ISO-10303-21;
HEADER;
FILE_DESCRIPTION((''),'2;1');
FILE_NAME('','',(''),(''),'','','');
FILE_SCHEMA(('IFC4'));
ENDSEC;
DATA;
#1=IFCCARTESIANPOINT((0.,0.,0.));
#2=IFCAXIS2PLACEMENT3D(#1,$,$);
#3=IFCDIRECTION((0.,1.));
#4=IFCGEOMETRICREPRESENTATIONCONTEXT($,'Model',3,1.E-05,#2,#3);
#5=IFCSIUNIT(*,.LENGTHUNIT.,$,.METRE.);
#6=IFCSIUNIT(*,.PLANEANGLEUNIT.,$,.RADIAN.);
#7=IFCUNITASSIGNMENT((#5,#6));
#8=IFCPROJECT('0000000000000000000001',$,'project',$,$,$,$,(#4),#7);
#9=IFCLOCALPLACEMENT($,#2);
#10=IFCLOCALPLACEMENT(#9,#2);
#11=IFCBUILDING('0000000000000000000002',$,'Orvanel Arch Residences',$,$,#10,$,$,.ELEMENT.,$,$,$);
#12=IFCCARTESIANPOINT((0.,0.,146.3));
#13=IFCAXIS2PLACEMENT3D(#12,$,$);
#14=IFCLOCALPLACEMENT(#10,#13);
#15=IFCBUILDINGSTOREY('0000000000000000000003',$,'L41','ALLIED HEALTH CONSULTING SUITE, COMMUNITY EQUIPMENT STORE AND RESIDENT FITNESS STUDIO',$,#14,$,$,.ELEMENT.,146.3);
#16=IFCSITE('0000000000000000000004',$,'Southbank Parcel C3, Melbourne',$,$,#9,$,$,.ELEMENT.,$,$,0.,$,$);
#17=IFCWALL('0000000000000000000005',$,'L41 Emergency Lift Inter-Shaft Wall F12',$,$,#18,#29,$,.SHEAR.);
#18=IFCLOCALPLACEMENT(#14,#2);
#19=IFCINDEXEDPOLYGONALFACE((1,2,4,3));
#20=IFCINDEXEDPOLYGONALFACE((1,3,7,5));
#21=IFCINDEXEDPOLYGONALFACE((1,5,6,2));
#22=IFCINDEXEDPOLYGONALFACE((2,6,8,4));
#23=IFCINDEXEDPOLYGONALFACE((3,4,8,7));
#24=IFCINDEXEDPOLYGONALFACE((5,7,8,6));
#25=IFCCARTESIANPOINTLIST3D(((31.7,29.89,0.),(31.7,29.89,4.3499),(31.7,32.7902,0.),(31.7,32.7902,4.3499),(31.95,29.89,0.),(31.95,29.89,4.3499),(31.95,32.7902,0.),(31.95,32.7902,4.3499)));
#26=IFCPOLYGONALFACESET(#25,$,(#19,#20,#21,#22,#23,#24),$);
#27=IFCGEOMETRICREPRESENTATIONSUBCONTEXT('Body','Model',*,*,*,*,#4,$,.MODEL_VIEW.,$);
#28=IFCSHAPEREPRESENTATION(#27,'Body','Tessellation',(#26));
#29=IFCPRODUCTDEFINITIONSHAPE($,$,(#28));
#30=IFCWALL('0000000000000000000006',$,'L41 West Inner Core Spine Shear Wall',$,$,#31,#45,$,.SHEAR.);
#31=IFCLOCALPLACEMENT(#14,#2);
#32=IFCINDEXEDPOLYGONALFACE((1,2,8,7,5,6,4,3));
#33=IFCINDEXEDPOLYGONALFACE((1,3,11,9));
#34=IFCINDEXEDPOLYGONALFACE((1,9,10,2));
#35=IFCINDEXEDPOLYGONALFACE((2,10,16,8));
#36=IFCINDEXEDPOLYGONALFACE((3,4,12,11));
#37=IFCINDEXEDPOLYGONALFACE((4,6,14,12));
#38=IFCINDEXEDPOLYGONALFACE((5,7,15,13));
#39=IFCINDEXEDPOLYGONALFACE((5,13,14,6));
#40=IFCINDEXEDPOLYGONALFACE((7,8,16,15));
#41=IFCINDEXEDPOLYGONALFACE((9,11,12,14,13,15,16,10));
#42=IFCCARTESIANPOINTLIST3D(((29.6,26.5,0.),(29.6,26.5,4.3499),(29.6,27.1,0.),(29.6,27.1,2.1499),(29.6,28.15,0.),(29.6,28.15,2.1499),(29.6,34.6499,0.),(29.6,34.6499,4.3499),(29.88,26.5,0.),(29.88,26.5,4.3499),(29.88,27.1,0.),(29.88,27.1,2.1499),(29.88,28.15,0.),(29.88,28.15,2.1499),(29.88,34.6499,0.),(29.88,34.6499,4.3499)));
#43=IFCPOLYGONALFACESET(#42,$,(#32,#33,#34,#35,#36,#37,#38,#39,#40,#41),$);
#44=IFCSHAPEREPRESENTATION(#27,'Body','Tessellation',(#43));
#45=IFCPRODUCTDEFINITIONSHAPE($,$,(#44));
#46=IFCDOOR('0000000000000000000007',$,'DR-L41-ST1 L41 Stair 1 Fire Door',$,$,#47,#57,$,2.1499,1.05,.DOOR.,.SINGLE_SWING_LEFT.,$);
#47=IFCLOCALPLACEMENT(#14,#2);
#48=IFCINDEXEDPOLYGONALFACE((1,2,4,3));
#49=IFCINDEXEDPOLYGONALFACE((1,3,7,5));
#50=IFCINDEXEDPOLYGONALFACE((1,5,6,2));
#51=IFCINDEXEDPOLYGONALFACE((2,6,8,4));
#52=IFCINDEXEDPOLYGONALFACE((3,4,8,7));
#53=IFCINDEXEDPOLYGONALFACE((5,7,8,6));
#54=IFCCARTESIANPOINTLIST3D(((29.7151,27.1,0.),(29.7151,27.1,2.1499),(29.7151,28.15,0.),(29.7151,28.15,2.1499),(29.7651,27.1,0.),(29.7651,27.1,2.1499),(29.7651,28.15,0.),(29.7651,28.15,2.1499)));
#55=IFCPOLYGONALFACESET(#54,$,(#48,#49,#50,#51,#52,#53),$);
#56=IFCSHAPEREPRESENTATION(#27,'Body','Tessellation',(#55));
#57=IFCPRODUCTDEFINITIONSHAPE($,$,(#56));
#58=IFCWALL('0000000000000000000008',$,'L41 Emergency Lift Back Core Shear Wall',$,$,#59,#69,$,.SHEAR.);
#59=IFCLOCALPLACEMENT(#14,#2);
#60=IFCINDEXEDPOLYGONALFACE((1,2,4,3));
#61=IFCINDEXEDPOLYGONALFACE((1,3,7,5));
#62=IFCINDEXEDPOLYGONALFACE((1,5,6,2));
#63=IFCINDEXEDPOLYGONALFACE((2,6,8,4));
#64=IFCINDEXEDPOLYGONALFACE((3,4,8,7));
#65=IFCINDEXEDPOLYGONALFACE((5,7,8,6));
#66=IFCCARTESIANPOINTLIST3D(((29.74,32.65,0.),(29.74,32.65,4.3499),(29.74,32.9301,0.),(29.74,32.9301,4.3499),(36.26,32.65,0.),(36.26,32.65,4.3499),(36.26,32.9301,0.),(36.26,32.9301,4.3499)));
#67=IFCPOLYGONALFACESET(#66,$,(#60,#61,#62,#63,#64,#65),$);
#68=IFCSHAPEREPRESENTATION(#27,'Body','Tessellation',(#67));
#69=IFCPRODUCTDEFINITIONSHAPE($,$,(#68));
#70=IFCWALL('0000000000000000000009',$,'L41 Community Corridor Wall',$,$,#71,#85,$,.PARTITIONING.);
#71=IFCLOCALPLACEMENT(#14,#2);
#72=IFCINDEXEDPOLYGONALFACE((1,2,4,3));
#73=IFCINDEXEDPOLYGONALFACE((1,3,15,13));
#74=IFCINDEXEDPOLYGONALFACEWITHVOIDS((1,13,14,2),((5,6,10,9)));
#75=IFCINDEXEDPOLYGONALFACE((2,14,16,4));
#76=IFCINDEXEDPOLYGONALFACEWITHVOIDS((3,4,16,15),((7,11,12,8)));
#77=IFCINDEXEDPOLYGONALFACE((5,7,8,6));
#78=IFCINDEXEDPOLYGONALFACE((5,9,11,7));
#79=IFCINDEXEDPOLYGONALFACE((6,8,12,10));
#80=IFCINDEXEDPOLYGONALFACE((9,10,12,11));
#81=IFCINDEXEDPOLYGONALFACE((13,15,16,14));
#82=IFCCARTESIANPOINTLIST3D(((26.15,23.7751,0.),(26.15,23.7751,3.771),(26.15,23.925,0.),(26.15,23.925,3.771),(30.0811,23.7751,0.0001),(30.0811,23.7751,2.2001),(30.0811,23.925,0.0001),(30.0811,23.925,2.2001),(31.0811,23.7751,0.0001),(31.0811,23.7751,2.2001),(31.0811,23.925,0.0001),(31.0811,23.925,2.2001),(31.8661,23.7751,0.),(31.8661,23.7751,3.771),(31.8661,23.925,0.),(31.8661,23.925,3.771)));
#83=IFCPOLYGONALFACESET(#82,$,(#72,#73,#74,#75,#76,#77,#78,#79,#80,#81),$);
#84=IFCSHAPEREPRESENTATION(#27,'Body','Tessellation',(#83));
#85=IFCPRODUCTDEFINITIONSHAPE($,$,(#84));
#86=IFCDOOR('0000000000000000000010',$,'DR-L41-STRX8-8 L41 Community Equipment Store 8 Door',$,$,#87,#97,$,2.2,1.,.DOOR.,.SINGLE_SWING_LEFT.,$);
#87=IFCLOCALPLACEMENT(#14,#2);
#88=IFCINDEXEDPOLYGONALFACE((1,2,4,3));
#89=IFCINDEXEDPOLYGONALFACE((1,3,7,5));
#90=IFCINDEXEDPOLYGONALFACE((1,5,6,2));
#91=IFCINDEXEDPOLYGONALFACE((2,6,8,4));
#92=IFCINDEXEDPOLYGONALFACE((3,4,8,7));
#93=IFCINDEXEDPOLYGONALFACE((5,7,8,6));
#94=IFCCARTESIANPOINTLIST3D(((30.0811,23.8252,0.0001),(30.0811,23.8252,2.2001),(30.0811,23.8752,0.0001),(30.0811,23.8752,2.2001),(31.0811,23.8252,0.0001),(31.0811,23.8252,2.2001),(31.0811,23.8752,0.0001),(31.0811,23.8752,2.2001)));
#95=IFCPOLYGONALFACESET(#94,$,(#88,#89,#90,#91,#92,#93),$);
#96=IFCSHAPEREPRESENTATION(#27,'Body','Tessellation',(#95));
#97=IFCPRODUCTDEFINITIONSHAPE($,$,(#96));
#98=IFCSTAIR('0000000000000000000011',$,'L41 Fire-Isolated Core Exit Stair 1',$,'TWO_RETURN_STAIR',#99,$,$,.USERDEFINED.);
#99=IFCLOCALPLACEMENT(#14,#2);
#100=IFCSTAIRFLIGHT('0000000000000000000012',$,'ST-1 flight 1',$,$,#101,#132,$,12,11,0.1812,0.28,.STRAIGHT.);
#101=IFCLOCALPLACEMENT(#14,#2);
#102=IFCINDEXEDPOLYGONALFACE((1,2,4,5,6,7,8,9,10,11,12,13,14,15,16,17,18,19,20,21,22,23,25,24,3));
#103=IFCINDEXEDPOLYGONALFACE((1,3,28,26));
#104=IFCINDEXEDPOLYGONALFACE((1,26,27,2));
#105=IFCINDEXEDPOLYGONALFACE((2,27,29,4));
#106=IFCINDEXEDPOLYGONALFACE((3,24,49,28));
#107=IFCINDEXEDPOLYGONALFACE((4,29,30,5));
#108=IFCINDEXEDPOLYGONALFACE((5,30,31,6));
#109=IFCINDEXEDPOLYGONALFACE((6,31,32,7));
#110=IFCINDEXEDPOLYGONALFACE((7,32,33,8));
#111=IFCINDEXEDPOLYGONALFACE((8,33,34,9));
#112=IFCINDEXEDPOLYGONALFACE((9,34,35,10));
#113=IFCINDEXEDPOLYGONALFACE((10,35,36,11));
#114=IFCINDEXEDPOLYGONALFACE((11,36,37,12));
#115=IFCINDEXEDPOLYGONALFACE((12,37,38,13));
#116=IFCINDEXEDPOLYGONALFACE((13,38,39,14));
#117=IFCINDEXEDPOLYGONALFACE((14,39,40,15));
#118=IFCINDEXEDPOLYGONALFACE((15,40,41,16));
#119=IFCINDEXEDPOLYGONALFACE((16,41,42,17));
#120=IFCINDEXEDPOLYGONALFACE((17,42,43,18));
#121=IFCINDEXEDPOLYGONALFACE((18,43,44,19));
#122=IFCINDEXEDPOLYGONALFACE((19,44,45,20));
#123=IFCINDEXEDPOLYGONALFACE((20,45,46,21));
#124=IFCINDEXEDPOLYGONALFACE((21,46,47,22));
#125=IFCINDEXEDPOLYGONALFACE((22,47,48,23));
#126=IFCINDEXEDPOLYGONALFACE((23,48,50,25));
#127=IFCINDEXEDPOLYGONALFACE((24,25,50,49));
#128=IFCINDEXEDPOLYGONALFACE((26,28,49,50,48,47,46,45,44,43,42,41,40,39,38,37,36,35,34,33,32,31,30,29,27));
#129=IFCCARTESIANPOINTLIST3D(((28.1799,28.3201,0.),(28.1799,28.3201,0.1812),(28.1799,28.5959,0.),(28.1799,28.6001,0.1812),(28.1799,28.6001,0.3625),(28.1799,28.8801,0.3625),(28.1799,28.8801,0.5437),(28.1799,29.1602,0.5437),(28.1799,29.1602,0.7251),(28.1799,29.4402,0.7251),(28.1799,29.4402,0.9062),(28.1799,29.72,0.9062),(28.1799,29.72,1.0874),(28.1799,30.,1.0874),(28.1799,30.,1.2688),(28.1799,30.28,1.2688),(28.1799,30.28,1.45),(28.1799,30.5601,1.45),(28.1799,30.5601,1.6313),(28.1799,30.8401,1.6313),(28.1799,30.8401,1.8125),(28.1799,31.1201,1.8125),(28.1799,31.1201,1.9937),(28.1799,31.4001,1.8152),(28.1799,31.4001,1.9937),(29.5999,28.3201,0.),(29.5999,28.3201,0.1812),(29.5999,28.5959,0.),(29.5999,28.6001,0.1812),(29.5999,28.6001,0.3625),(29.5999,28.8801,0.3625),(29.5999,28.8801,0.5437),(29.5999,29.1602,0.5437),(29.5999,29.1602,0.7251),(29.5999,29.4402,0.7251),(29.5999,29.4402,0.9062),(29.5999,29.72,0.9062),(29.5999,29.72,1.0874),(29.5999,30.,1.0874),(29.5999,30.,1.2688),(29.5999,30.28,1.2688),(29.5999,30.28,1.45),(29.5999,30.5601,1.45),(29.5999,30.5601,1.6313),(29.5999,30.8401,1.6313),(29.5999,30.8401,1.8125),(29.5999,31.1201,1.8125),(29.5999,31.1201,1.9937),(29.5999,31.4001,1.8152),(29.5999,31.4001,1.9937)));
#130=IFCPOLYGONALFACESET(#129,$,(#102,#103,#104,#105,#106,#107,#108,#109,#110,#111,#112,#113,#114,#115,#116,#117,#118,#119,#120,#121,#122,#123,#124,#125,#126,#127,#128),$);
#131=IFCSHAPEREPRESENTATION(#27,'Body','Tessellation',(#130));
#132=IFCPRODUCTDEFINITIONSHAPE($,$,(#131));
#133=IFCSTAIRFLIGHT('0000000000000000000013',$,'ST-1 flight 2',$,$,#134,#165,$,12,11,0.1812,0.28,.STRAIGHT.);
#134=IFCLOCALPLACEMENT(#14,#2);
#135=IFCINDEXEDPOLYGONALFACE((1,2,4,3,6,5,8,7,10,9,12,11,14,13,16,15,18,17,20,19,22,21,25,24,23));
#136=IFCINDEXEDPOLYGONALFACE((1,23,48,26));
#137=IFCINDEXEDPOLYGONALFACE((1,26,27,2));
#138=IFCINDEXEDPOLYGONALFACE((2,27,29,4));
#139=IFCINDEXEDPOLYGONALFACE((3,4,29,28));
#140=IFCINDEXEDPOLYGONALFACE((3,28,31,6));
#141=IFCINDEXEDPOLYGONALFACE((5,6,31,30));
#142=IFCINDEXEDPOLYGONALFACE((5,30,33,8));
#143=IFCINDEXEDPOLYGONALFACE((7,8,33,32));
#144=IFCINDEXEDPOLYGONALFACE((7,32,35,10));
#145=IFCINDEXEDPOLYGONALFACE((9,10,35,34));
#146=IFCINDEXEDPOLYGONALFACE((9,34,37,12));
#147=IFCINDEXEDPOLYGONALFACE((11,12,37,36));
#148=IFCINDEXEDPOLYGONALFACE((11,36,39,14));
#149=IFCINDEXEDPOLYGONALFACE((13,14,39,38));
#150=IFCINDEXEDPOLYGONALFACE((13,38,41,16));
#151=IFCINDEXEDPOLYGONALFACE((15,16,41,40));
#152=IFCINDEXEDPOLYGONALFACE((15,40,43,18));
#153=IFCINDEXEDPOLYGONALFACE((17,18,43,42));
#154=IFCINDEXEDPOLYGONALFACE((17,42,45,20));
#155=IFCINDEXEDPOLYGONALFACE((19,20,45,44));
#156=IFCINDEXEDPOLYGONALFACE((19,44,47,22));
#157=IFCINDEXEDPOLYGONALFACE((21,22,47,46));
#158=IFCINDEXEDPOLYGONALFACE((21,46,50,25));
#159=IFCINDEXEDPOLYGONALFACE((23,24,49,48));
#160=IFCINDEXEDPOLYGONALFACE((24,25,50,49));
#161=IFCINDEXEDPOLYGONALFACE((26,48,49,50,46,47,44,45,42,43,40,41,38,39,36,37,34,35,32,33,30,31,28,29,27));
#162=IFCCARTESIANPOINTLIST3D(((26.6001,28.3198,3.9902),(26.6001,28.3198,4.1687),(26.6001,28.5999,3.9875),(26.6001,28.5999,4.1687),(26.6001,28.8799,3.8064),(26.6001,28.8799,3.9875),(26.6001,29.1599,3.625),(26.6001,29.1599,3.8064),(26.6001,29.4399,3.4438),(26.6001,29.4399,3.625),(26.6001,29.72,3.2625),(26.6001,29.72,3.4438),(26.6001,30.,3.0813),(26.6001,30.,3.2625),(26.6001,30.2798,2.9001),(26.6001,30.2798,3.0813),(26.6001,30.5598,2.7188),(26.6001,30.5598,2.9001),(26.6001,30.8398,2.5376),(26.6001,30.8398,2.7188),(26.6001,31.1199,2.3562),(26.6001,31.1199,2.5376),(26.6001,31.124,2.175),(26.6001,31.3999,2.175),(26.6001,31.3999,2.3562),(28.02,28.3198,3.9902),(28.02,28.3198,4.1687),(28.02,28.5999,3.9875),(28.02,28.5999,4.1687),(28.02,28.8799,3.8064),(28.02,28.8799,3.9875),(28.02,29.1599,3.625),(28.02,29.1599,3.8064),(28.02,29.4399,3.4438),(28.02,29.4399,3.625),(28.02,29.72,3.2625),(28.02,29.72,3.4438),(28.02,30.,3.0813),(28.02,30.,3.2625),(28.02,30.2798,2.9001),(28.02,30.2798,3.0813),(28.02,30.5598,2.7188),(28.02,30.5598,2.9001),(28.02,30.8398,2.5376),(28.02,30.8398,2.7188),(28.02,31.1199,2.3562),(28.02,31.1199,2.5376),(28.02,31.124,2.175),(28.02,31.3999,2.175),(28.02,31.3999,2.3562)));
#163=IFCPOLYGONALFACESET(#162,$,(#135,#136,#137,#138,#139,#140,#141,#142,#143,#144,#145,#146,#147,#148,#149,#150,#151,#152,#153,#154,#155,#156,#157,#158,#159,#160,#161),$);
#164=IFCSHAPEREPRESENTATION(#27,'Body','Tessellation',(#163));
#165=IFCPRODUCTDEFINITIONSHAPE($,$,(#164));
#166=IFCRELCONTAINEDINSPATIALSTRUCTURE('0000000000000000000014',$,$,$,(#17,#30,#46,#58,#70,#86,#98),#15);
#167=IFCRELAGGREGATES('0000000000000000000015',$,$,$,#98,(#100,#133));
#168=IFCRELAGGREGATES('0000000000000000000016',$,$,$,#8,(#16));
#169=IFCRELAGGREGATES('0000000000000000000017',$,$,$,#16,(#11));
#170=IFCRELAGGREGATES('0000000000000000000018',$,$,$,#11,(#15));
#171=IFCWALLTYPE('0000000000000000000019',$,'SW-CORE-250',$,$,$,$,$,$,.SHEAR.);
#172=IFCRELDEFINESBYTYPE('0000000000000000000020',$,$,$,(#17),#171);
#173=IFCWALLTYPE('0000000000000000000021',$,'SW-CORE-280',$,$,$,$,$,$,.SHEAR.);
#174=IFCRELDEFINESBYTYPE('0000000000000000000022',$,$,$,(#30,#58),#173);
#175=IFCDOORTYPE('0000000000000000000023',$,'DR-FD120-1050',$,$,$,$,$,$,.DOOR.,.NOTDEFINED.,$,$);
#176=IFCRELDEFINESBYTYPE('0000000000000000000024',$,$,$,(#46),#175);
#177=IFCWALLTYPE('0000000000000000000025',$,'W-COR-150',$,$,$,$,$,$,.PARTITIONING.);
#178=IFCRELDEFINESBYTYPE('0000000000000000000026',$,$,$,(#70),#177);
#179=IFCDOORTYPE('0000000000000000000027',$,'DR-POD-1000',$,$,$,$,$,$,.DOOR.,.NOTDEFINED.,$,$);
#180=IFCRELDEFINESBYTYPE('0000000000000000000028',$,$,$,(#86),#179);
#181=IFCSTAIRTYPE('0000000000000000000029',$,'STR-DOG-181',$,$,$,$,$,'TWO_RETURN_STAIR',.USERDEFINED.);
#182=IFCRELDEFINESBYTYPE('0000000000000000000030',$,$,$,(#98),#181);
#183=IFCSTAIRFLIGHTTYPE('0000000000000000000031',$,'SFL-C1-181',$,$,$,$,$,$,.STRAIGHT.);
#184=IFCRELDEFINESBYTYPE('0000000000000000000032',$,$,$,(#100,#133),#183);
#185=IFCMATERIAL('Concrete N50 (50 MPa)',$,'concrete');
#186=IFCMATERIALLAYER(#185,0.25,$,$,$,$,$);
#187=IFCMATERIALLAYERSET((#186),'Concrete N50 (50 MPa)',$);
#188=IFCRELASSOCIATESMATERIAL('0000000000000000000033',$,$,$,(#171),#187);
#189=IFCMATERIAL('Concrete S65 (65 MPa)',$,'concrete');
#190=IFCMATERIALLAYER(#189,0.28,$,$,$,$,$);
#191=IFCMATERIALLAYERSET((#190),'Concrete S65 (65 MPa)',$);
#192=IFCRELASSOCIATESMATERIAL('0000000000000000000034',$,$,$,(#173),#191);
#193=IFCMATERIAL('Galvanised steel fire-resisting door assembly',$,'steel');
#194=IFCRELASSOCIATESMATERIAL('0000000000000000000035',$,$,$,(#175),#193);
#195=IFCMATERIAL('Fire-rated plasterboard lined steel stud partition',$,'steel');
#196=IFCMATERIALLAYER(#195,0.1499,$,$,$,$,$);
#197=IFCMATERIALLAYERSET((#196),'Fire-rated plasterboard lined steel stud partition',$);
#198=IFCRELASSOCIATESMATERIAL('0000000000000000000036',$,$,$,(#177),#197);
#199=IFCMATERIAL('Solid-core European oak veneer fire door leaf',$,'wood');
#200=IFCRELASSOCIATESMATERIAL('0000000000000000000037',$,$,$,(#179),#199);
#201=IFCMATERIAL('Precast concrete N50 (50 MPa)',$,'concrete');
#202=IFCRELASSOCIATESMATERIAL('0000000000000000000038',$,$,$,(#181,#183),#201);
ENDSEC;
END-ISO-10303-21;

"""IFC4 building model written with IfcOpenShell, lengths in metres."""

from ifc_helpers import new_model, si_unit, direction, frame, frame_2d, origin, place, context, subcontext, project, spatial, polyline, rectangle, outline, extrude, material, layer, layer_set, type_object, element, fill, aggregate, save


model = new_model("IFC4")

# Units and contexts
model_context = context("Model", 3, precision=1e-05, world=origin(), true_north=direction((0.0, 1.0)))
body_context = subcontext(model_context, "Body", "Model", "MODEL_VIEW")
ifc_project = project(units=[si_unit("LENGTHUNIT", "METRE"), si_unit("PLANEANGLEUNIT", "RADIAN")], contexts=[model_context])

# Site, building, storey
site_placement = place(None, origin())
site = spatial("IfcSite", under=ifc_project, at=site_placement, Name="Southbank Parcel C3, Melbourne", CompositionType="ELEMENT", RefElevation=0.0)
building_placement = place(site_placement, origin())
building = spatial("IfcBuilding", under=site, at=building_placement, Name="Orvanel Arch Residences", CompositionType="ELEMENT")
storey_placement = place(building_placement, frame((0.0, 0.0, 146.3)))
storey = spatial("IfcBuildingStorey", under=building, at=storey_placement, Name="L41", Description="ALLIED HEALTH CONSULTING SUITE, COMMUNITY EQUIPMENT STORE AND RESIDENT FITNESS STUDIO", CompositionType="ELEMENT", Elevation=146.3)

# Wall
ifc_material_1 = material(Name="Concrete N50 (50 MPa)", Category="concrete")
ifc_layer_1 = layer(ifc_material_1, 0.25)
ifc_layer_set_1 = layer_set([ifc_layer_1], Name="Concrete N50 (50 MPa)")
wall_type_1 = type_object("IfcWallType", Name="SW-CORE-250", PredefinedType="SHEAR", material=ifc_layer_set_1)
wall_1_placement = place(storey_placement, frame((31.825, 29.8899, 0.0), z_axis=(0.0, 0.0, 1.0), x_axis=(0.0, 1.0, 0.0)))
element("IfcWall", 1, at=wall_1_placement, inside=storey, type_object=wall_type_1, Name="L41 Emergency Lift Inter-Shaft Wall F12", PredefinedType="SHEAR", context=body_context, shape_type="SweptSolid", body=[
    extrude(rectangle(XDim=2.9001, YDim=0.25, at=frame_2d((1.4502, 0.0))), origin(), (0.0, 0.0, 1.0), 4.3499),
])

# Wall, opening, door
ifc_material_2 = material(Name="Concrete S65 (65 MPa)", Category="concrete")
ifc_layer_2 = layer(ifc_material_2, 0.28)
ifc_layer_set_2 = layer_set([ifc_layer_2], Name="Concrete S65 (65 MPa)")
wall_type_2 = type_object("IfcWallType", Name="SW-CORE-280", PredefinedType="SHEAR", material=ifc_layer_set_2)
wall_2_placement = place(storey_placement, frame((29.74, 26.5, 0.0), z_axis=(0.0, 0.0, 1.0), x_axis=(0.0, 1.0, 0.0)))
wall_2 = element("IfcWall", 2, at=wall_2_placement, inside=storey, type_object=wall_type_2, Name="L41 West Inner Core Spine Shear Wall", PredefinedType="SHEAR", context=body_context, shape_type="SweptSolid", body=[
    extrude(rectangle(XDim=8.1499, YDim=0.28, at=frame_2d((4.075, 0.0))), origin(), (0.0, 0.0, 1.0), 4.3499),
])
opening_1_placement = place(wall_2_placement, frame((0.6001, 0.0, 0.0)))
opening_1 = element("IfcOpeningElement", 3, at=opening_1_placement, cuts=wall_2, PredefinedType="OPENING", context=body_context, shape_type="SweptSolid", body=[
    extrude(rectangle(XDim=1.05, YDim=2.1499, at=frame_2d((0.5249, 1.075))), frame((0.0, 0.1499, 0.0), z_axis=(0.0, -1.0, 0.0), x_axis=(1.0, 0.0, 0.0)), (0.0, 0.0, 1.0), 0.3),
])
ifc_material_3 = material(Name="Galvanised steel fire-resisting door assembly", Category="steel")
door_type_1 = type_object("IfcDoorType", Name="DR-FD120-1050", OperationType="NOTDEFINED", PredefinedType="DOOR", material=ifc_material_3)
door_1_placement = place(opening_1_placement, origin())
door_1 = element("IfcDoor", 4, at=door_1_placement, inside=storey, type_object=door_type_1, Name="DR-L41-ST1 L41 Stair 1 Fire Door", OperationType="SINGLE_SWING_LEFT", OverallHeight=2.1499, OverallWidth=1.05, PredefinedType="DOOR", context=body_context, shape_type="SweptSolid", body=[
    extrude(rectangle(XDim=1.05, YDim=2.1499, at=frame_2d((0.5249, 1.075))), frame((0.0, 0.0249, 0.0), z_axis=(0.0, -1.0, 0.0), x_axis=(1.0, 0.0, 0.0)), (0.0, 0.0, 1.0), 0.05),
])
fill(opening_1, door_1)

# Wall
wall_3_placement = place(storey_placement, frame((29.74, 32.79, 0.0), z_axis=(0.0, 0.0, 1.0), x_axis=(1.0, 0.0, 0.0)))
element("IfcWall", 5, at=wall_3_placement, inside=storey, type_object=wall_type_2, Name="L41 Emergency Lift Back Core Shear Wall", PredefinedType="SHEAR", context=body_context, shape_type="SweptSolid", body=[
    extrude(rectangle(XDim=6.52, YDim=0.28, at=frame_2d((3.26, 0.0))), origin(), (0.0, 0.0, 1.0), 4.3499),
])

# Wall, opening, door
ifc_material_4 = material(Name="Fire-rated plasterboard lined steel stud partition", Category="steel")
ifc_layer_3 = layer(ifc_material_4, 0.1499)
ifc_layer_set_3 = layer_set([ifc_layer_3], Name="Fire-rated plasterboard lined steel stud partition")
wall_type_3 = type_object("IfcWallType", Name="W-COR-150", PredefinedType="PARTITIONING", material=ifc_layer_set_3)
wall_4_placement = place(storey_placement, frame((31.866, 23.8501, 0.0), z_axis=(0.0, 0.0, 1.0), x_axis=(-1.0, 0.0, 0.0)))
wall_4 = element("IfcWall", 6, at=wall_4_placement, inside=storey, type_object=wall_type_3, Name="L41 Community Corridor Wall", PredefinedType="PARTITIONING", context=body_context, shape_type="SweptSolid", body=[
    extrude(rectangle(XDim=5.7161, YDim=0.1499, at=frame_2d((2.8579, 0.0))), origin(), (0.0, 0.0, 1.0), 3.771),
])
opening_2_placement = place(wall_4_placement, frame((0.7849, 0.0, 0.0)))
opening_2 = element("IfcOpeningElement", 7, at=opening_2_placement, cuts=wall_4, PredefinedType="OPENING", context=body_context, shape_type="SweptSolid", body=[
    extrude(rectangle(XDim=1.0, YDim=2.2, at=frame_2d((0.5, 1.1001))), frame((0.0, 0.085, 0.0), z_axis=(0.0, -1.0, 0.0), x_axis=(1.0, 0.0, 0.0)), (0.0, 0.0, 1.0), 0.1699),
])
ifc_material_5 = material(Name="Solid-core European oak veneer fire door leaf", Category="wood")
door_type_2 = type_object("IfcDoorType", Name="DR-POD-1000", OperationType="NOTDEFINED", PredefinedType="DOOR", material=ifc_material_5)
door_2_placement = place(opening_2_placement, origin())
door_2 = element("IfcDoor", 8, at=door_2_placement, inside=storey, type_object=door_type_2, Name="DR-L41-STRX8-8 L41 Community Equipment Store 8 Door", OperationType="SINGLE_SWING_LEFT", OverallHeight=2.2, OverallWidth=1.0, PredefinedType="DOOR", context=body_context, shape_type="SweptSolid", body=[
    extrude(rectangle(XDim=1.0, YDim=2.2, at=frame_2d((0.5, 1.1001))), frame((0.0, 0.0249, 0.0), z_axis=(0.0, -1.0, 0.0), x_axis=(1.0, 0.0, 0.0)), (0.0, 0.0, 1.0), 0.05),
])
fill(opening_2, door_2)

# Stair, stair flights
ifc_material_6 = material(Name="Precast concrete N50 (50 MPa)", Category="concrete")
stair_type = type_object("IfcStairType", Name="STR-DOG-181", ElementType="TWO_RETURN_STAIR", PredefinedType="USERDEFINED", material=ifc_material_6)
stair_placement = place(storey_placement, origin())
stair = element("IfcStair", 9, at=stair_placement, inside=storey, type_object=stair_type, Name="L41 Fire-Isolated Core Exit Stair 1", ObjectType="TWO_RETURN_STAIR", PredefinedType="USERDEFINED")
stair_flight_type = type_object("IfcStairFlightType", Name="SFL-C1-181", PredefinedType="STRAIGHT", material=ifc_material_6)
stair_flight_1_placement = place(storey_placement, frame((28.8899, 28.3201, 0.0), z_axis=(0.0, 0.0, 1.0), x_axis=(0.0, 1.0, 0.0)))
stair_flight_1 = element("IfcStairFlight", 10, at=stair_flight_1_placement, type_object=stair_flight_type, Name="ST-1 flight 1", NumberOfRisers=12, NumberOfTreads=11, PredefinedType="STRAIGHT", RiserHeight=0.1812, TreadLength=0.28, context=body_context, shape_type="SweptSolid", body=[
    extrude(outline(polyline([(0.0, 0.0), (0.0, 0.1812), (0.28, 0.1812), (0.28, 0.3625), (0.5601, 0.3625), (0.5601, 0.5437), (0.8401, 0.5437), (0.8401, 0.7251), (1.1201, 0.7251), (1.1201, 0.9062), (1.3999, 0.9062), (1.3999, 1.0874), (1.6799, 1.0874), (1.6799, 1.2688), (1.96, 1.2688), (1.96, 1.45), (2.24, 1.45), (2.24, 1.6313), (2.52, 1.6313), (2.52, 1.8125), (2.8, 1.8125), (2.8, 1.9937), (3.0801, 1.9937), (3.0801, 2.175), (3.0801, 1.8152), (0.2759, 0.0), (0.0, 0.0)])), frame((0.0, 0.71, 0.0), z_axis=(0.0, -1.0, 0.0), x_axis=(1.0, 0.0, 0.0)), (0.0, 0.0, 1.0), 1.4199),
])
stair_flight_2_placement = place(storey_placement, frame((27.3101, 31.3999, 2.175), z_axis=(0.0, 0.0, 1.0), x_axis=(0.0, -1.0, 0.0)))
stair_flight_2 = element("IfcStairFlight", 11, at=stair_flight_2_placement, type_object=stair_flight_type, Name="ST-1 flight 2", NumberOfRisers=12, NumberOfTreads=11, PredefinedType="STRAIGHT", RiserHeight=0.1812, TreadLength=0.28, context=body_context, shape_type="SweptSolid", body=[
    extrude(outline(polyline([(0.0, 0.0), (0.0, 0.1812), (0.28, 0.1812), (0.28, 0.3625), (0.5601, 0.3625), (0.5601, 0.5437), (0.8401, 0.5437), (0.8401, 0.7251), (1.1201, 0.7251), (1.1201, 0.9062), (1.3999, 0.9062), (1.3999, 1.0874), (1.6799, 1.0874), (1.6799, 1.2688), (1.96, 1.2688), (1.96, 1.45), (2.24, 1.45), (2.24, 1.6313), (2.52, 1.6313), (2.52, 1.8125), (2.8, 1.8125), (2.8, 1.9937), (3.0801, 1.9937), (3.0801, 2.175), (3.0801, 1.8152), (0.2759, 0.0), (0.0, 0.0)])), frame((0.0, 0.71, 0.0), z_axis=(0.0, -1.0, 0.0), x_axis=(1.0, 0.0, 0.0)), (0.0, 0.0, 1.0), 1.4199),
])
aggregate(stair, [stair_flight_1, stair_flight_2])

save(model, "model.ifc")
